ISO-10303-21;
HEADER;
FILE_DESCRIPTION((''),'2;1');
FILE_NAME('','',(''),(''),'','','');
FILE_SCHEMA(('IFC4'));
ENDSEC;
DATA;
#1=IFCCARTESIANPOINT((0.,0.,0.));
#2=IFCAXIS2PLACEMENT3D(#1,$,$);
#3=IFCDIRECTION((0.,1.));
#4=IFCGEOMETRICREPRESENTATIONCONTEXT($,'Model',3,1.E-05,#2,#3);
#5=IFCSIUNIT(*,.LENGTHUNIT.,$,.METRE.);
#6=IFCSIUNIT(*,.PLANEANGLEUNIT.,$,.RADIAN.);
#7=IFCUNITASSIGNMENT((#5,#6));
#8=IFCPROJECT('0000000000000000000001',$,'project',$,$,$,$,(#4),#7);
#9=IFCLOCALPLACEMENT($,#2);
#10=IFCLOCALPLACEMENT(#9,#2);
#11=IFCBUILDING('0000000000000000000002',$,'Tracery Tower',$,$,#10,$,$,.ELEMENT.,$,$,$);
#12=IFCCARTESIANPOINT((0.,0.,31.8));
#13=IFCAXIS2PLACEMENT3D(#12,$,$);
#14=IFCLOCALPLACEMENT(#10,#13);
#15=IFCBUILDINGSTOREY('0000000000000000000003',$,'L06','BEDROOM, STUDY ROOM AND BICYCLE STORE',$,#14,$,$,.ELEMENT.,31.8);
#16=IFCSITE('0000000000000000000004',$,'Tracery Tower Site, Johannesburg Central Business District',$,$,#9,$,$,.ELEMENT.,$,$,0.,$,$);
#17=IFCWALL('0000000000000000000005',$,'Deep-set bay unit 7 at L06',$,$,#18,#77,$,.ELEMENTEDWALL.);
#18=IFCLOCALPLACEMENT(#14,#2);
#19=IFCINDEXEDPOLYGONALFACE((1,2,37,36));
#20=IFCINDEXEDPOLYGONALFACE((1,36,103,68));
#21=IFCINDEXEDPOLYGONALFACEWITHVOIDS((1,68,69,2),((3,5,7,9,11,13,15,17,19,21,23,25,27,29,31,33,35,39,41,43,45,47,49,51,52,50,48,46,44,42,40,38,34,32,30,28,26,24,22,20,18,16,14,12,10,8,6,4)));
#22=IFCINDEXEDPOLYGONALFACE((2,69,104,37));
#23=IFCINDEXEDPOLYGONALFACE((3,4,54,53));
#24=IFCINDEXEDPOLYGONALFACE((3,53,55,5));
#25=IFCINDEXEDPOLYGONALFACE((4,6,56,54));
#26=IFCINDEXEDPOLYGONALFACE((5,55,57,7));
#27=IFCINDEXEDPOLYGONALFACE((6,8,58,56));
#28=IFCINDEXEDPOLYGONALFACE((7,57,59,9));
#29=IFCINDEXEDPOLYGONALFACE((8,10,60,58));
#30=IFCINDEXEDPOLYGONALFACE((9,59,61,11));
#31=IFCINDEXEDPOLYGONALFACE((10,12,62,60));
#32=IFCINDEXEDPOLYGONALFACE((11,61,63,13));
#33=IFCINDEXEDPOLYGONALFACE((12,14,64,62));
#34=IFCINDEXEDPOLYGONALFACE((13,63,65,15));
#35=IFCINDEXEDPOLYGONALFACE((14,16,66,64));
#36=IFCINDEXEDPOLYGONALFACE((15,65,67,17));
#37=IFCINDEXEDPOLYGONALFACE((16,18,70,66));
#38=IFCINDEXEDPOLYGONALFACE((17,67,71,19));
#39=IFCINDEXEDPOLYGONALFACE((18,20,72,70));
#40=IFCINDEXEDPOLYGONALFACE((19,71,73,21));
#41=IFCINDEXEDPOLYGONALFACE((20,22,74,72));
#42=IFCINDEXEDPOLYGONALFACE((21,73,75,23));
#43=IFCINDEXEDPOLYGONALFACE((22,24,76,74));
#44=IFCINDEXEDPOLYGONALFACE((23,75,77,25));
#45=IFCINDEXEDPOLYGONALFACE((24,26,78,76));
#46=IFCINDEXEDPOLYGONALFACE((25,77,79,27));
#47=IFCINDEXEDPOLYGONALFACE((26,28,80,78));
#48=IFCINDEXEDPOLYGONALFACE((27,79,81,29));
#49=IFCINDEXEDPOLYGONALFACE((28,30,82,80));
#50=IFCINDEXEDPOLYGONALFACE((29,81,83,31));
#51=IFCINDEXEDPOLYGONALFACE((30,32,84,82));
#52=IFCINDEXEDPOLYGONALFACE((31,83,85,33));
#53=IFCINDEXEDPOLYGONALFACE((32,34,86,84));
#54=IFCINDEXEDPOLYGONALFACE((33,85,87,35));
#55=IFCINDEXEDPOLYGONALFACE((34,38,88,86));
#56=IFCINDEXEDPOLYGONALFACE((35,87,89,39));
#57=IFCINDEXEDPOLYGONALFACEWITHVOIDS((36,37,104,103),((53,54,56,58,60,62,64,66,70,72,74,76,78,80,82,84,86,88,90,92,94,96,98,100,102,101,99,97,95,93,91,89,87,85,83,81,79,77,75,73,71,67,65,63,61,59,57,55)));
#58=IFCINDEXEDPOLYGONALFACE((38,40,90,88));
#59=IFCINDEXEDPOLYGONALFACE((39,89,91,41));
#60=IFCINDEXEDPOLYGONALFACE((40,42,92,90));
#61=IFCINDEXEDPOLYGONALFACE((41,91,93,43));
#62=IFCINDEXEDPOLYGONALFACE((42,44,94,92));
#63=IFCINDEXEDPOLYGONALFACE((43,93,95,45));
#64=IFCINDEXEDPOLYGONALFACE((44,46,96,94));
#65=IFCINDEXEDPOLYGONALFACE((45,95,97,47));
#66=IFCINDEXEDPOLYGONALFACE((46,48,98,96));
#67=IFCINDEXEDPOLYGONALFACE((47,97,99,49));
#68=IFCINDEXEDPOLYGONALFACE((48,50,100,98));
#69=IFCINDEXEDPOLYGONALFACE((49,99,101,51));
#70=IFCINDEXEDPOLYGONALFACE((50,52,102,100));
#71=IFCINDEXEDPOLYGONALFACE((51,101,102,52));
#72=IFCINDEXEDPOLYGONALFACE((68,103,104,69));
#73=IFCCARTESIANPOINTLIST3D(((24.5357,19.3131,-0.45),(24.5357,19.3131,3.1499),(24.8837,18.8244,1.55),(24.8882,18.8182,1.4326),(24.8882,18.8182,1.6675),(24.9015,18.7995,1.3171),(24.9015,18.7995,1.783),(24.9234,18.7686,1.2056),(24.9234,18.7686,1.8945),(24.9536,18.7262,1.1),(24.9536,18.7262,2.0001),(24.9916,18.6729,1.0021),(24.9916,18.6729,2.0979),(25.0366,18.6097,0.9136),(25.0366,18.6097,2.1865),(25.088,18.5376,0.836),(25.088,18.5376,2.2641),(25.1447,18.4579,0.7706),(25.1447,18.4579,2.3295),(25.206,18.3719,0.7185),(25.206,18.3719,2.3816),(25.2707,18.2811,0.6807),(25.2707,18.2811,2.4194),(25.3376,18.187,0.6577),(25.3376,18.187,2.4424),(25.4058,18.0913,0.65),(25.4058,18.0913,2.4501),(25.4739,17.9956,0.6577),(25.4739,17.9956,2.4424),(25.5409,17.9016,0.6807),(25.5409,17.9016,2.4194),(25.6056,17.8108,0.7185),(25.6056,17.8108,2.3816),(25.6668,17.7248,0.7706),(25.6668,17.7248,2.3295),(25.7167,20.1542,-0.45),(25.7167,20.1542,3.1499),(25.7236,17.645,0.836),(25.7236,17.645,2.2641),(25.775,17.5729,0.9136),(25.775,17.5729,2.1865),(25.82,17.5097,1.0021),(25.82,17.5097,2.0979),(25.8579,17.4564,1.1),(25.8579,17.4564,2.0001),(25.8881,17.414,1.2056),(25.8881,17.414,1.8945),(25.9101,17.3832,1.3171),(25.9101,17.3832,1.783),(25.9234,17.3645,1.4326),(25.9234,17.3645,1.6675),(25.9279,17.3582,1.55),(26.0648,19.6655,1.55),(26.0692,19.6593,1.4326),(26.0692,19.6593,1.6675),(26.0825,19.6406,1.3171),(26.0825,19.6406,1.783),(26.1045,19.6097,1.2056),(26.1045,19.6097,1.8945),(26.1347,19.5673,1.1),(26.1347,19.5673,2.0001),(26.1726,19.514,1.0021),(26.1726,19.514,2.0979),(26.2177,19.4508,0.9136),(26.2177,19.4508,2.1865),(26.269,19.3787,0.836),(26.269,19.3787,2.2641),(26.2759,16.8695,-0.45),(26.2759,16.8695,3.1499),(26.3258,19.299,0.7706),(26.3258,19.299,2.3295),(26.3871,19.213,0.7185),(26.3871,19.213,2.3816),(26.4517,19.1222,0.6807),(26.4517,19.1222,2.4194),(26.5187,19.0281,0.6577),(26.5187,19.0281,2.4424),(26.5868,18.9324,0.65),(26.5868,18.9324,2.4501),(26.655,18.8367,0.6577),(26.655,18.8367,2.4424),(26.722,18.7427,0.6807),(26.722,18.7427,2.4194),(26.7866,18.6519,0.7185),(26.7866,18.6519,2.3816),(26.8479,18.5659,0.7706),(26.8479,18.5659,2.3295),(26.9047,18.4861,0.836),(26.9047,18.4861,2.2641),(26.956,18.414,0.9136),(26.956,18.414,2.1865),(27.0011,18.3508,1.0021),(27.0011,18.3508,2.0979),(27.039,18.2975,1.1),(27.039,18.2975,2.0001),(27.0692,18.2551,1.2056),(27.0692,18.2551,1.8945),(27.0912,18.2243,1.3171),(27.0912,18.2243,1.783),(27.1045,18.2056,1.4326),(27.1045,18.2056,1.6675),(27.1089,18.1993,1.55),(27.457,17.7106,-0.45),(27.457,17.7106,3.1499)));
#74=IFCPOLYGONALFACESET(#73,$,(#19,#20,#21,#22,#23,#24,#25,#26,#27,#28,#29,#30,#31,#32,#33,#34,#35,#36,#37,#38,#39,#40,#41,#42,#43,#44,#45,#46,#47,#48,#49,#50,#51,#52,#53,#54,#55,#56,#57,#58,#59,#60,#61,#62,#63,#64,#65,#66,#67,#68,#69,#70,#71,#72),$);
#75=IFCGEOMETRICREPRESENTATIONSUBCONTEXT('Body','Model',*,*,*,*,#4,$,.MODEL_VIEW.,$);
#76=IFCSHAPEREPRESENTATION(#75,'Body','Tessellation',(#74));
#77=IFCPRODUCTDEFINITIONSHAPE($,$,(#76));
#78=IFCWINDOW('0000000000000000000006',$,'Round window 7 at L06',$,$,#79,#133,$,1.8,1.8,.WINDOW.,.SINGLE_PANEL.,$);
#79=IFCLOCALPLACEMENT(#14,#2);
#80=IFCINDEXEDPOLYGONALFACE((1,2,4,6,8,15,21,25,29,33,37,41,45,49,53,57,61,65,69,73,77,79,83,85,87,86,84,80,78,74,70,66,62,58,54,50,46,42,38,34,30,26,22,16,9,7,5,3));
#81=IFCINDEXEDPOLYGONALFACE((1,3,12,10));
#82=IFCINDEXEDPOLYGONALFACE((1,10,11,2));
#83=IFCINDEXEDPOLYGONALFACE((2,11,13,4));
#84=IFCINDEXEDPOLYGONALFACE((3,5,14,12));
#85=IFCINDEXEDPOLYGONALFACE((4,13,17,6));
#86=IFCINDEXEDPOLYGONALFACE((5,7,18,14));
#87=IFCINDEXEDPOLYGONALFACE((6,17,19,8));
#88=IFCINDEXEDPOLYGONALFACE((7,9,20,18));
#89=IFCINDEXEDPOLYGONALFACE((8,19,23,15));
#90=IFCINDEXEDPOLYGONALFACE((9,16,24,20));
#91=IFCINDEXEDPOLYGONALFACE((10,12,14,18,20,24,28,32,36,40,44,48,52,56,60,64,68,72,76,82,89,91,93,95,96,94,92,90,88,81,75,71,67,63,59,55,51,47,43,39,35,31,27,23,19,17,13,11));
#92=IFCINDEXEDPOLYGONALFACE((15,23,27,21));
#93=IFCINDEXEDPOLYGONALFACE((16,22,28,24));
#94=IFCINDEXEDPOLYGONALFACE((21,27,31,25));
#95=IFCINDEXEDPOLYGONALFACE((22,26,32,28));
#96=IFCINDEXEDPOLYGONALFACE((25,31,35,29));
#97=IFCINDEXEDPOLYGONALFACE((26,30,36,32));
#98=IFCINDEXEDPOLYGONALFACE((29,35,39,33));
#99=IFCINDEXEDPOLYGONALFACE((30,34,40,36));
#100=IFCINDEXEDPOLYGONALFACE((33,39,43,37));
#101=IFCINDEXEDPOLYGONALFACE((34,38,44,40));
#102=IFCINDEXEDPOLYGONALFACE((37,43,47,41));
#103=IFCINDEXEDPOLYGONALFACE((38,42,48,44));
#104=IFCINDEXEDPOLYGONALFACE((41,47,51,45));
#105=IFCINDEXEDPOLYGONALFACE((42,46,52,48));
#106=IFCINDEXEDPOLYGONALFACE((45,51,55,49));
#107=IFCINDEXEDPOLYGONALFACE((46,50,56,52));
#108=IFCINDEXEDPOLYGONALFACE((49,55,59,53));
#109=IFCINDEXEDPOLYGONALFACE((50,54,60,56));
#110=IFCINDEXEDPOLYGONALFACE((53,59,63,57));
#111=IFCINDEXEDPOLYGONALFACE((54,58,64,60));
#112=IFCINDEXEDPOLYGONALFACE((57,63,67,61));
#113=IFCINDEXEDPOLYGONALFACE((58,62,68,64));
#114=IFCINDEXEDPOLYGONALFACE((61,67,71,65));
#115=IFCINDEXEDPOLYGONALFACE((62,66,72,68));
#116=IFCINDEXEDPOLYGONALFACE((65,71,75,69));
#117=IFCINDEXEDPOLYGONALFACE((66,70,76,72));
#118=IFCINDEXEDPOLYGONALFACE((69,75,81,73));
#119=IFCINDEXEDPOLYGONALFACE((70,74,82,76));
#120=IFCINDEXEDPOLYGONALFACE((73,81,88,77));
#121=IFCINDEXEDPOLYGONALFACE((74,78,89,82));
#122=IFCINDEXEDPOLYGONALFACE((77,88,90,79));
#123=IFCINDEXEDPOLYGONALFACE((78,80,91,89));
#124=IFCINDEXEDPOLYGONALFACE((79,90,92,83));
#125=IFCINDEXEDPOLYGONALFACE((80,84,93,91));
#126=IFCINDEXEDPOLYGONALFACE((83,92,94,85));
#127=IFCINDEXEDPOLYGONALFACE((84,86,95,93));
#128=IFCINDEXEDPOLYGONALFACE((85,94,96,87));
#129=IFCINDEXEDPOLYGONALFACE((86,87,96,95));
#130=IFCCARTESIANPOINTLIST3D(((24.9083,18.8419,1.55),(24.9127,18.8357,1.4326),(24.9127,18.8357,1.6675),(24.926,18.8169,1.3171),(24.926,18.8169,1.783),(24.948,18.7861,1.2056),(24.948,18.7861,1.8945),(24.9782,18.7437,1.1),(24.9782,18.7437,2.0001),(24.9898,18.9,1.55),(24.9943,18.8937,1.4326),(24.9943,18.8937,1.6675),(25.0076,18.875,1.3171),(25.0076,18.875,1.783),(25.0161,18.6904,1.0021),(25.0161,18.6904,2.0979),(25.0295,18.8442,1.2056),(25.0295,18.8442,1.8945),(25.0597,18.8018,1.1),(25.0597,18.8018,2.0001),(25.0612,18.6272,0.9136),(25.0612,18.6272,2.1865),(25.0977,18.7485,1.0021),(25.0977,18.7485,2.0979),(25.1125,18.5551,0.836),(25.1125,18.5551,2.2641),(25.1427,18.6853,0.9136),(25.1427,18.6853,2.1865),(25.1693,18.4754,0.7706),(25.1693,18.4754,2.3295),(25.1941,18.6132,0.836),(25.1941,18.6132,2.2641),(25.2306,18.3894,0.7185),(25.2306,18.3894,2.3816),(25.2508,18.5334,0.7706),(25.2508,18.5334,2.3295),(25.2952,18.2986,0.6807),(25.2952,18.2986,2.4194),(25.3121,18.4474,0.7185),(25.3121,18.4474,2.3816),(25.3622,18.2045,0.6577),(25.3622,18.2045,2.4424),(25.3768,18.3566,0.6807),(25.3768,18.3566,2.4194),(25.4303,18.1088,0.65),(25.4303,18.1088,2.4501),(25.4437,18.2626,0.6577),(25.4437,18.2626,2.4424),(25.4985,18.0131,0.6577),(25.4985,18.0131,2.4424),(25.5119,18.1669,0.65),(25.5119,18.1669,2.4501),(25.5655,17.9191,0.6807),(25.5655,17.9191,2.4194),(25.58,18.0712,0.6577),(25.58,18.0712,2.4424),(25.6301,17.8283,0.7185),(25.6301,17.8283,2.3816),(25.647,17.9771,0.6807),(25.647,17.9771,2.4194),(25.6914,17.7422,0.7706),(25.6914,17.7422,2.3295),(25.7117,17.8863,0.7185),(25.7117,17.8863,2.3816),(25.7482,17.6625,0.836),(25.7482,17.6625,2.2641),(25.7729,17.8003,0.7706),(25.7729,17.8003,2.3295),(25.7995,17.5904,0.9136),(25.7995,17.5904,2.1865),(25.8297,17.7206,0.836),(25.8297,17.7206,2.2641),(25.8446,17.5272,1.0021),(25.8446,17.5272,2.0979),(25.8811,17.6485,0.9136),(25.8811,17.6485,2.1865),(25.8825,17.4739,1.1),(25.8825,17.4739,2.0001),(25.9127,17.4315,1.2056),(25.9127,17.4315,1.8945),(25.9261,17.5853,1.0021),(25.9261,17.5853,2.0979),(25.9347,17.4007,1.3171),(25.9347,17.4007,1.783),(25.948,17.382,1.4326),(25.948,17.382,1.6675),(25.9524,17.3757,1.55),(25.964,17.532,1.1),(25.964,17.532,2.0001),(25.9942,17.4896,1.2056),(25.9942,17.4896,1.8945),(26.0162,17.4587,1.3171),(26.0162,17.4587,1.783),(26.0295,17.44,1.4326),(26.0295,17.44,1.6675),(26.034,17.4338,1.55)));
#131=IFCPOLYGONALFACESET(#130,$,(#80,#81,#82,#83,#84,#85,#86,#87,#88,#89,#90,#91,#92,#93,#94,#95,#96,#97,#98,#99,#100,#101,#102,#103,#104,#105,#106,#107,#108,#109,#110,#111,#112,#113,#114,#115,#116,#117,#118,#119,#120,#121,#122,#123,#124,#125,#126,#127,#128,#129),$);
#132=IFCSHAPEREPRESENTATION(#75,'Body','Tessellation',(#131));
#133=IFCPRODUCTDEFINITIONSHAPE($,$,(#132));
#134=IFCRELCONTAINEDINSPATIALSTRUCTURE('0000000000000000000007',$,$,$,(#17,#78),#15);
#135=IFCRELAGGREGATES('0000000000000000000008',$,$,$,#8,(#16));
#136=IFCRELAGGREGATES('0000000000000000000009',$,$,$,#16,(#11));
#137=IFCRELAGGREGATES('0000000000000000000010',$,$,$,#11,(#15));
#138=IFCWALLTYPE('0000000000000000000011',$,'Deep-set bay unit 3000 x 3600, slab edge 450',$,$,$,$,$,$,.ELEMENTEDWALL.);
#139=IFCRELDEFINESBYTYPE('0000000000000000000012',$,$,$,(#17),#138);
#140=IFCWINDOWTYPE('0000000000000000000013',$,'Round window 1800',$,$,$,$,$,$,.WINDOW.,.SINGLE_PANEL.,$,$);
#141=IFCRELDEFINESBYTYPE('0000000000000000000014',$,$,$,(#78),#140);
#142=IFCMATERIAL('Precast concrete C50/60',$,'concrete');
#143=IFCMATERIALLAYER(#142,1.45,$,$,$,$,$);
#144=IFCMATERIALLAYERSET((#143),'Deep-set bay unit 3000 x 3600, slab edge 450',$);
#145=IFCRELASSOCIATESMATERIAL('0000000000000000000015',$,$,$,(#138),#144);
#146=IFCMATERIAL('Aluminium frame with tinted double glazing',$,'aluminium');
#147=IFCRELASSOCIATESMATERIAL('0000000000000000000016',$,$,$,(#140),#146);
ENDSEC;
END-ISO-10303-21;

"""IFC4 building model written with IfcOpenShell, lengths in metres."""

from ifc_helpers import new_model, si_unit, direction, frame, frame_2d, origin, origin_2d, place, context, subcontext, project, spatial, rectangle, circle, extrude, material, layer, layer_set, type_object, element, fill, save


model = new_model("IFC4")

# Units and contexts
model_context = context("Model", 3, precision=1e-05, world=origin(), true_north=direction((0.0, 1.0)))
body_context = subcontext(model_context, "Body", "Model", "MODEL_VIEW")
ifc_project = project(units=[si_unit("LENGTHUNIT", "METRE"), si_unit("PLANEANGLEUNIT", "RADIAN")], contexts=[model_context])

# Site, building, storey
site_placement = place(None, origin())
site = spatial("IfcSite", under=ifc_project, at=site_placement, Name="Tracery Tower Site, Johannesburg Central Business District", CompositionType="ELEMENT", RefElevation=0.0)
building_placement = place(site_placement, origin())
building = spatial("IfcBuilding", under=site, at=building_placement, Name="Tracery Tower", CompositionType="ELEMENT")
storey_placement = place(building_placement, frame((0.0, 0.0, 31.8)))
storey = spatial("IfcBuildingStorey", under=building, at=storey_placement, Name="L06", Description="BEDROOM, STUDY ROOM AND BICYCLE STORE", CompositionType="ELEMENT", Elevation=31.8)

# Wall, opening, window
ifc_material_1 = material(Name="Precast concrete C50/60", Category="concrete")
ifc_layer_1 = layer(ifc_material_1, 1.45)
ifc_layer_set_1 = layer_set([ifc_layer_1], Name="Deep-set bay unit 3000 x 3600, slab edge 450")
wall_type_1 = type_object("IfcWallType", Name="Deep-set bay unit 3000 x 3600, slab edge 450", PredefinedType="ELEMENTEDWALL", material=ifc_layer_set_1)
wall_1_placement = place(storey_placement, frame((26.8665, 17.29, -0.45), z_axis=(0.0, 0.0, 1.0), x_axis=(-0.580091, 0.814552, 0.0)))
wall_1 = element("IfcWall", 1, at=wall_1_placement, inside=storey, type_object=wall_type_1, Name="Deep-set bay unit 7 at L06", PredefinedType="ELEMENTEDWALL", context=body_context, shape_type="SweptSolid", body=[
    extrude(rectangle(XDim=3.0, YDim=1.45, at=frame_2d((1.5, 0.0))), origin(), (0.0, 0.0, 1.0), 3.5999),
])
opening_1_placement = place(wall_1_placement, frame((1.5, 0.0, 2.0)))
opening_1 = element("IfcOpeningElement", 2, at=opening_1_placement, cuts=wall_1, PredefinedType="OPENING", context=body_context, shape_type="SweptSolid", body=[
    extrude(circle(Radius=0.9, at=origin_2d()), frame((0.0, 0.7349, 0.0), z_axis=(0.0, -1.0, 0.0), x_axis=(1.0, 0.0, 0.0)), (0.0, 0.0, 1.0), 1.47),
])
ifc_material_2 = material(Name="Aluminium frame with tinted double glazing", Category="aluminium")
window_type = type_object("IfcWindowType", Name="Round window 1800", PartitioningType="SINGLE_PANEL", PredefinedType="WINDOW", material=ifc_material_2)
window_1_placement = place(opening_1_placement, origin())
window_1 = element("IfcWindow", 3, at=window_1_placement, inside=storey, type_object=window_type, Name="Round window 7 at L06", OverallHeight=1.8, OverallWidth=1.8, PartitioningType="SINGLE_PANEL", PredefinedType="WINDOW", context=body_context, shape_type="SweptSolid", body=[
    extrude(circle(Radius=0.9, at=origin_2d()), frame((0.0, 0.6948, 0.0), z_axis=(0.0, -1.0, 0.0), x_axis=(1.0, 0.0, 0.0)), (0.0, 0.0, 1.0), 0.1001),
])
fill(opening_1, window_1)

save(model, "model.ifc")
